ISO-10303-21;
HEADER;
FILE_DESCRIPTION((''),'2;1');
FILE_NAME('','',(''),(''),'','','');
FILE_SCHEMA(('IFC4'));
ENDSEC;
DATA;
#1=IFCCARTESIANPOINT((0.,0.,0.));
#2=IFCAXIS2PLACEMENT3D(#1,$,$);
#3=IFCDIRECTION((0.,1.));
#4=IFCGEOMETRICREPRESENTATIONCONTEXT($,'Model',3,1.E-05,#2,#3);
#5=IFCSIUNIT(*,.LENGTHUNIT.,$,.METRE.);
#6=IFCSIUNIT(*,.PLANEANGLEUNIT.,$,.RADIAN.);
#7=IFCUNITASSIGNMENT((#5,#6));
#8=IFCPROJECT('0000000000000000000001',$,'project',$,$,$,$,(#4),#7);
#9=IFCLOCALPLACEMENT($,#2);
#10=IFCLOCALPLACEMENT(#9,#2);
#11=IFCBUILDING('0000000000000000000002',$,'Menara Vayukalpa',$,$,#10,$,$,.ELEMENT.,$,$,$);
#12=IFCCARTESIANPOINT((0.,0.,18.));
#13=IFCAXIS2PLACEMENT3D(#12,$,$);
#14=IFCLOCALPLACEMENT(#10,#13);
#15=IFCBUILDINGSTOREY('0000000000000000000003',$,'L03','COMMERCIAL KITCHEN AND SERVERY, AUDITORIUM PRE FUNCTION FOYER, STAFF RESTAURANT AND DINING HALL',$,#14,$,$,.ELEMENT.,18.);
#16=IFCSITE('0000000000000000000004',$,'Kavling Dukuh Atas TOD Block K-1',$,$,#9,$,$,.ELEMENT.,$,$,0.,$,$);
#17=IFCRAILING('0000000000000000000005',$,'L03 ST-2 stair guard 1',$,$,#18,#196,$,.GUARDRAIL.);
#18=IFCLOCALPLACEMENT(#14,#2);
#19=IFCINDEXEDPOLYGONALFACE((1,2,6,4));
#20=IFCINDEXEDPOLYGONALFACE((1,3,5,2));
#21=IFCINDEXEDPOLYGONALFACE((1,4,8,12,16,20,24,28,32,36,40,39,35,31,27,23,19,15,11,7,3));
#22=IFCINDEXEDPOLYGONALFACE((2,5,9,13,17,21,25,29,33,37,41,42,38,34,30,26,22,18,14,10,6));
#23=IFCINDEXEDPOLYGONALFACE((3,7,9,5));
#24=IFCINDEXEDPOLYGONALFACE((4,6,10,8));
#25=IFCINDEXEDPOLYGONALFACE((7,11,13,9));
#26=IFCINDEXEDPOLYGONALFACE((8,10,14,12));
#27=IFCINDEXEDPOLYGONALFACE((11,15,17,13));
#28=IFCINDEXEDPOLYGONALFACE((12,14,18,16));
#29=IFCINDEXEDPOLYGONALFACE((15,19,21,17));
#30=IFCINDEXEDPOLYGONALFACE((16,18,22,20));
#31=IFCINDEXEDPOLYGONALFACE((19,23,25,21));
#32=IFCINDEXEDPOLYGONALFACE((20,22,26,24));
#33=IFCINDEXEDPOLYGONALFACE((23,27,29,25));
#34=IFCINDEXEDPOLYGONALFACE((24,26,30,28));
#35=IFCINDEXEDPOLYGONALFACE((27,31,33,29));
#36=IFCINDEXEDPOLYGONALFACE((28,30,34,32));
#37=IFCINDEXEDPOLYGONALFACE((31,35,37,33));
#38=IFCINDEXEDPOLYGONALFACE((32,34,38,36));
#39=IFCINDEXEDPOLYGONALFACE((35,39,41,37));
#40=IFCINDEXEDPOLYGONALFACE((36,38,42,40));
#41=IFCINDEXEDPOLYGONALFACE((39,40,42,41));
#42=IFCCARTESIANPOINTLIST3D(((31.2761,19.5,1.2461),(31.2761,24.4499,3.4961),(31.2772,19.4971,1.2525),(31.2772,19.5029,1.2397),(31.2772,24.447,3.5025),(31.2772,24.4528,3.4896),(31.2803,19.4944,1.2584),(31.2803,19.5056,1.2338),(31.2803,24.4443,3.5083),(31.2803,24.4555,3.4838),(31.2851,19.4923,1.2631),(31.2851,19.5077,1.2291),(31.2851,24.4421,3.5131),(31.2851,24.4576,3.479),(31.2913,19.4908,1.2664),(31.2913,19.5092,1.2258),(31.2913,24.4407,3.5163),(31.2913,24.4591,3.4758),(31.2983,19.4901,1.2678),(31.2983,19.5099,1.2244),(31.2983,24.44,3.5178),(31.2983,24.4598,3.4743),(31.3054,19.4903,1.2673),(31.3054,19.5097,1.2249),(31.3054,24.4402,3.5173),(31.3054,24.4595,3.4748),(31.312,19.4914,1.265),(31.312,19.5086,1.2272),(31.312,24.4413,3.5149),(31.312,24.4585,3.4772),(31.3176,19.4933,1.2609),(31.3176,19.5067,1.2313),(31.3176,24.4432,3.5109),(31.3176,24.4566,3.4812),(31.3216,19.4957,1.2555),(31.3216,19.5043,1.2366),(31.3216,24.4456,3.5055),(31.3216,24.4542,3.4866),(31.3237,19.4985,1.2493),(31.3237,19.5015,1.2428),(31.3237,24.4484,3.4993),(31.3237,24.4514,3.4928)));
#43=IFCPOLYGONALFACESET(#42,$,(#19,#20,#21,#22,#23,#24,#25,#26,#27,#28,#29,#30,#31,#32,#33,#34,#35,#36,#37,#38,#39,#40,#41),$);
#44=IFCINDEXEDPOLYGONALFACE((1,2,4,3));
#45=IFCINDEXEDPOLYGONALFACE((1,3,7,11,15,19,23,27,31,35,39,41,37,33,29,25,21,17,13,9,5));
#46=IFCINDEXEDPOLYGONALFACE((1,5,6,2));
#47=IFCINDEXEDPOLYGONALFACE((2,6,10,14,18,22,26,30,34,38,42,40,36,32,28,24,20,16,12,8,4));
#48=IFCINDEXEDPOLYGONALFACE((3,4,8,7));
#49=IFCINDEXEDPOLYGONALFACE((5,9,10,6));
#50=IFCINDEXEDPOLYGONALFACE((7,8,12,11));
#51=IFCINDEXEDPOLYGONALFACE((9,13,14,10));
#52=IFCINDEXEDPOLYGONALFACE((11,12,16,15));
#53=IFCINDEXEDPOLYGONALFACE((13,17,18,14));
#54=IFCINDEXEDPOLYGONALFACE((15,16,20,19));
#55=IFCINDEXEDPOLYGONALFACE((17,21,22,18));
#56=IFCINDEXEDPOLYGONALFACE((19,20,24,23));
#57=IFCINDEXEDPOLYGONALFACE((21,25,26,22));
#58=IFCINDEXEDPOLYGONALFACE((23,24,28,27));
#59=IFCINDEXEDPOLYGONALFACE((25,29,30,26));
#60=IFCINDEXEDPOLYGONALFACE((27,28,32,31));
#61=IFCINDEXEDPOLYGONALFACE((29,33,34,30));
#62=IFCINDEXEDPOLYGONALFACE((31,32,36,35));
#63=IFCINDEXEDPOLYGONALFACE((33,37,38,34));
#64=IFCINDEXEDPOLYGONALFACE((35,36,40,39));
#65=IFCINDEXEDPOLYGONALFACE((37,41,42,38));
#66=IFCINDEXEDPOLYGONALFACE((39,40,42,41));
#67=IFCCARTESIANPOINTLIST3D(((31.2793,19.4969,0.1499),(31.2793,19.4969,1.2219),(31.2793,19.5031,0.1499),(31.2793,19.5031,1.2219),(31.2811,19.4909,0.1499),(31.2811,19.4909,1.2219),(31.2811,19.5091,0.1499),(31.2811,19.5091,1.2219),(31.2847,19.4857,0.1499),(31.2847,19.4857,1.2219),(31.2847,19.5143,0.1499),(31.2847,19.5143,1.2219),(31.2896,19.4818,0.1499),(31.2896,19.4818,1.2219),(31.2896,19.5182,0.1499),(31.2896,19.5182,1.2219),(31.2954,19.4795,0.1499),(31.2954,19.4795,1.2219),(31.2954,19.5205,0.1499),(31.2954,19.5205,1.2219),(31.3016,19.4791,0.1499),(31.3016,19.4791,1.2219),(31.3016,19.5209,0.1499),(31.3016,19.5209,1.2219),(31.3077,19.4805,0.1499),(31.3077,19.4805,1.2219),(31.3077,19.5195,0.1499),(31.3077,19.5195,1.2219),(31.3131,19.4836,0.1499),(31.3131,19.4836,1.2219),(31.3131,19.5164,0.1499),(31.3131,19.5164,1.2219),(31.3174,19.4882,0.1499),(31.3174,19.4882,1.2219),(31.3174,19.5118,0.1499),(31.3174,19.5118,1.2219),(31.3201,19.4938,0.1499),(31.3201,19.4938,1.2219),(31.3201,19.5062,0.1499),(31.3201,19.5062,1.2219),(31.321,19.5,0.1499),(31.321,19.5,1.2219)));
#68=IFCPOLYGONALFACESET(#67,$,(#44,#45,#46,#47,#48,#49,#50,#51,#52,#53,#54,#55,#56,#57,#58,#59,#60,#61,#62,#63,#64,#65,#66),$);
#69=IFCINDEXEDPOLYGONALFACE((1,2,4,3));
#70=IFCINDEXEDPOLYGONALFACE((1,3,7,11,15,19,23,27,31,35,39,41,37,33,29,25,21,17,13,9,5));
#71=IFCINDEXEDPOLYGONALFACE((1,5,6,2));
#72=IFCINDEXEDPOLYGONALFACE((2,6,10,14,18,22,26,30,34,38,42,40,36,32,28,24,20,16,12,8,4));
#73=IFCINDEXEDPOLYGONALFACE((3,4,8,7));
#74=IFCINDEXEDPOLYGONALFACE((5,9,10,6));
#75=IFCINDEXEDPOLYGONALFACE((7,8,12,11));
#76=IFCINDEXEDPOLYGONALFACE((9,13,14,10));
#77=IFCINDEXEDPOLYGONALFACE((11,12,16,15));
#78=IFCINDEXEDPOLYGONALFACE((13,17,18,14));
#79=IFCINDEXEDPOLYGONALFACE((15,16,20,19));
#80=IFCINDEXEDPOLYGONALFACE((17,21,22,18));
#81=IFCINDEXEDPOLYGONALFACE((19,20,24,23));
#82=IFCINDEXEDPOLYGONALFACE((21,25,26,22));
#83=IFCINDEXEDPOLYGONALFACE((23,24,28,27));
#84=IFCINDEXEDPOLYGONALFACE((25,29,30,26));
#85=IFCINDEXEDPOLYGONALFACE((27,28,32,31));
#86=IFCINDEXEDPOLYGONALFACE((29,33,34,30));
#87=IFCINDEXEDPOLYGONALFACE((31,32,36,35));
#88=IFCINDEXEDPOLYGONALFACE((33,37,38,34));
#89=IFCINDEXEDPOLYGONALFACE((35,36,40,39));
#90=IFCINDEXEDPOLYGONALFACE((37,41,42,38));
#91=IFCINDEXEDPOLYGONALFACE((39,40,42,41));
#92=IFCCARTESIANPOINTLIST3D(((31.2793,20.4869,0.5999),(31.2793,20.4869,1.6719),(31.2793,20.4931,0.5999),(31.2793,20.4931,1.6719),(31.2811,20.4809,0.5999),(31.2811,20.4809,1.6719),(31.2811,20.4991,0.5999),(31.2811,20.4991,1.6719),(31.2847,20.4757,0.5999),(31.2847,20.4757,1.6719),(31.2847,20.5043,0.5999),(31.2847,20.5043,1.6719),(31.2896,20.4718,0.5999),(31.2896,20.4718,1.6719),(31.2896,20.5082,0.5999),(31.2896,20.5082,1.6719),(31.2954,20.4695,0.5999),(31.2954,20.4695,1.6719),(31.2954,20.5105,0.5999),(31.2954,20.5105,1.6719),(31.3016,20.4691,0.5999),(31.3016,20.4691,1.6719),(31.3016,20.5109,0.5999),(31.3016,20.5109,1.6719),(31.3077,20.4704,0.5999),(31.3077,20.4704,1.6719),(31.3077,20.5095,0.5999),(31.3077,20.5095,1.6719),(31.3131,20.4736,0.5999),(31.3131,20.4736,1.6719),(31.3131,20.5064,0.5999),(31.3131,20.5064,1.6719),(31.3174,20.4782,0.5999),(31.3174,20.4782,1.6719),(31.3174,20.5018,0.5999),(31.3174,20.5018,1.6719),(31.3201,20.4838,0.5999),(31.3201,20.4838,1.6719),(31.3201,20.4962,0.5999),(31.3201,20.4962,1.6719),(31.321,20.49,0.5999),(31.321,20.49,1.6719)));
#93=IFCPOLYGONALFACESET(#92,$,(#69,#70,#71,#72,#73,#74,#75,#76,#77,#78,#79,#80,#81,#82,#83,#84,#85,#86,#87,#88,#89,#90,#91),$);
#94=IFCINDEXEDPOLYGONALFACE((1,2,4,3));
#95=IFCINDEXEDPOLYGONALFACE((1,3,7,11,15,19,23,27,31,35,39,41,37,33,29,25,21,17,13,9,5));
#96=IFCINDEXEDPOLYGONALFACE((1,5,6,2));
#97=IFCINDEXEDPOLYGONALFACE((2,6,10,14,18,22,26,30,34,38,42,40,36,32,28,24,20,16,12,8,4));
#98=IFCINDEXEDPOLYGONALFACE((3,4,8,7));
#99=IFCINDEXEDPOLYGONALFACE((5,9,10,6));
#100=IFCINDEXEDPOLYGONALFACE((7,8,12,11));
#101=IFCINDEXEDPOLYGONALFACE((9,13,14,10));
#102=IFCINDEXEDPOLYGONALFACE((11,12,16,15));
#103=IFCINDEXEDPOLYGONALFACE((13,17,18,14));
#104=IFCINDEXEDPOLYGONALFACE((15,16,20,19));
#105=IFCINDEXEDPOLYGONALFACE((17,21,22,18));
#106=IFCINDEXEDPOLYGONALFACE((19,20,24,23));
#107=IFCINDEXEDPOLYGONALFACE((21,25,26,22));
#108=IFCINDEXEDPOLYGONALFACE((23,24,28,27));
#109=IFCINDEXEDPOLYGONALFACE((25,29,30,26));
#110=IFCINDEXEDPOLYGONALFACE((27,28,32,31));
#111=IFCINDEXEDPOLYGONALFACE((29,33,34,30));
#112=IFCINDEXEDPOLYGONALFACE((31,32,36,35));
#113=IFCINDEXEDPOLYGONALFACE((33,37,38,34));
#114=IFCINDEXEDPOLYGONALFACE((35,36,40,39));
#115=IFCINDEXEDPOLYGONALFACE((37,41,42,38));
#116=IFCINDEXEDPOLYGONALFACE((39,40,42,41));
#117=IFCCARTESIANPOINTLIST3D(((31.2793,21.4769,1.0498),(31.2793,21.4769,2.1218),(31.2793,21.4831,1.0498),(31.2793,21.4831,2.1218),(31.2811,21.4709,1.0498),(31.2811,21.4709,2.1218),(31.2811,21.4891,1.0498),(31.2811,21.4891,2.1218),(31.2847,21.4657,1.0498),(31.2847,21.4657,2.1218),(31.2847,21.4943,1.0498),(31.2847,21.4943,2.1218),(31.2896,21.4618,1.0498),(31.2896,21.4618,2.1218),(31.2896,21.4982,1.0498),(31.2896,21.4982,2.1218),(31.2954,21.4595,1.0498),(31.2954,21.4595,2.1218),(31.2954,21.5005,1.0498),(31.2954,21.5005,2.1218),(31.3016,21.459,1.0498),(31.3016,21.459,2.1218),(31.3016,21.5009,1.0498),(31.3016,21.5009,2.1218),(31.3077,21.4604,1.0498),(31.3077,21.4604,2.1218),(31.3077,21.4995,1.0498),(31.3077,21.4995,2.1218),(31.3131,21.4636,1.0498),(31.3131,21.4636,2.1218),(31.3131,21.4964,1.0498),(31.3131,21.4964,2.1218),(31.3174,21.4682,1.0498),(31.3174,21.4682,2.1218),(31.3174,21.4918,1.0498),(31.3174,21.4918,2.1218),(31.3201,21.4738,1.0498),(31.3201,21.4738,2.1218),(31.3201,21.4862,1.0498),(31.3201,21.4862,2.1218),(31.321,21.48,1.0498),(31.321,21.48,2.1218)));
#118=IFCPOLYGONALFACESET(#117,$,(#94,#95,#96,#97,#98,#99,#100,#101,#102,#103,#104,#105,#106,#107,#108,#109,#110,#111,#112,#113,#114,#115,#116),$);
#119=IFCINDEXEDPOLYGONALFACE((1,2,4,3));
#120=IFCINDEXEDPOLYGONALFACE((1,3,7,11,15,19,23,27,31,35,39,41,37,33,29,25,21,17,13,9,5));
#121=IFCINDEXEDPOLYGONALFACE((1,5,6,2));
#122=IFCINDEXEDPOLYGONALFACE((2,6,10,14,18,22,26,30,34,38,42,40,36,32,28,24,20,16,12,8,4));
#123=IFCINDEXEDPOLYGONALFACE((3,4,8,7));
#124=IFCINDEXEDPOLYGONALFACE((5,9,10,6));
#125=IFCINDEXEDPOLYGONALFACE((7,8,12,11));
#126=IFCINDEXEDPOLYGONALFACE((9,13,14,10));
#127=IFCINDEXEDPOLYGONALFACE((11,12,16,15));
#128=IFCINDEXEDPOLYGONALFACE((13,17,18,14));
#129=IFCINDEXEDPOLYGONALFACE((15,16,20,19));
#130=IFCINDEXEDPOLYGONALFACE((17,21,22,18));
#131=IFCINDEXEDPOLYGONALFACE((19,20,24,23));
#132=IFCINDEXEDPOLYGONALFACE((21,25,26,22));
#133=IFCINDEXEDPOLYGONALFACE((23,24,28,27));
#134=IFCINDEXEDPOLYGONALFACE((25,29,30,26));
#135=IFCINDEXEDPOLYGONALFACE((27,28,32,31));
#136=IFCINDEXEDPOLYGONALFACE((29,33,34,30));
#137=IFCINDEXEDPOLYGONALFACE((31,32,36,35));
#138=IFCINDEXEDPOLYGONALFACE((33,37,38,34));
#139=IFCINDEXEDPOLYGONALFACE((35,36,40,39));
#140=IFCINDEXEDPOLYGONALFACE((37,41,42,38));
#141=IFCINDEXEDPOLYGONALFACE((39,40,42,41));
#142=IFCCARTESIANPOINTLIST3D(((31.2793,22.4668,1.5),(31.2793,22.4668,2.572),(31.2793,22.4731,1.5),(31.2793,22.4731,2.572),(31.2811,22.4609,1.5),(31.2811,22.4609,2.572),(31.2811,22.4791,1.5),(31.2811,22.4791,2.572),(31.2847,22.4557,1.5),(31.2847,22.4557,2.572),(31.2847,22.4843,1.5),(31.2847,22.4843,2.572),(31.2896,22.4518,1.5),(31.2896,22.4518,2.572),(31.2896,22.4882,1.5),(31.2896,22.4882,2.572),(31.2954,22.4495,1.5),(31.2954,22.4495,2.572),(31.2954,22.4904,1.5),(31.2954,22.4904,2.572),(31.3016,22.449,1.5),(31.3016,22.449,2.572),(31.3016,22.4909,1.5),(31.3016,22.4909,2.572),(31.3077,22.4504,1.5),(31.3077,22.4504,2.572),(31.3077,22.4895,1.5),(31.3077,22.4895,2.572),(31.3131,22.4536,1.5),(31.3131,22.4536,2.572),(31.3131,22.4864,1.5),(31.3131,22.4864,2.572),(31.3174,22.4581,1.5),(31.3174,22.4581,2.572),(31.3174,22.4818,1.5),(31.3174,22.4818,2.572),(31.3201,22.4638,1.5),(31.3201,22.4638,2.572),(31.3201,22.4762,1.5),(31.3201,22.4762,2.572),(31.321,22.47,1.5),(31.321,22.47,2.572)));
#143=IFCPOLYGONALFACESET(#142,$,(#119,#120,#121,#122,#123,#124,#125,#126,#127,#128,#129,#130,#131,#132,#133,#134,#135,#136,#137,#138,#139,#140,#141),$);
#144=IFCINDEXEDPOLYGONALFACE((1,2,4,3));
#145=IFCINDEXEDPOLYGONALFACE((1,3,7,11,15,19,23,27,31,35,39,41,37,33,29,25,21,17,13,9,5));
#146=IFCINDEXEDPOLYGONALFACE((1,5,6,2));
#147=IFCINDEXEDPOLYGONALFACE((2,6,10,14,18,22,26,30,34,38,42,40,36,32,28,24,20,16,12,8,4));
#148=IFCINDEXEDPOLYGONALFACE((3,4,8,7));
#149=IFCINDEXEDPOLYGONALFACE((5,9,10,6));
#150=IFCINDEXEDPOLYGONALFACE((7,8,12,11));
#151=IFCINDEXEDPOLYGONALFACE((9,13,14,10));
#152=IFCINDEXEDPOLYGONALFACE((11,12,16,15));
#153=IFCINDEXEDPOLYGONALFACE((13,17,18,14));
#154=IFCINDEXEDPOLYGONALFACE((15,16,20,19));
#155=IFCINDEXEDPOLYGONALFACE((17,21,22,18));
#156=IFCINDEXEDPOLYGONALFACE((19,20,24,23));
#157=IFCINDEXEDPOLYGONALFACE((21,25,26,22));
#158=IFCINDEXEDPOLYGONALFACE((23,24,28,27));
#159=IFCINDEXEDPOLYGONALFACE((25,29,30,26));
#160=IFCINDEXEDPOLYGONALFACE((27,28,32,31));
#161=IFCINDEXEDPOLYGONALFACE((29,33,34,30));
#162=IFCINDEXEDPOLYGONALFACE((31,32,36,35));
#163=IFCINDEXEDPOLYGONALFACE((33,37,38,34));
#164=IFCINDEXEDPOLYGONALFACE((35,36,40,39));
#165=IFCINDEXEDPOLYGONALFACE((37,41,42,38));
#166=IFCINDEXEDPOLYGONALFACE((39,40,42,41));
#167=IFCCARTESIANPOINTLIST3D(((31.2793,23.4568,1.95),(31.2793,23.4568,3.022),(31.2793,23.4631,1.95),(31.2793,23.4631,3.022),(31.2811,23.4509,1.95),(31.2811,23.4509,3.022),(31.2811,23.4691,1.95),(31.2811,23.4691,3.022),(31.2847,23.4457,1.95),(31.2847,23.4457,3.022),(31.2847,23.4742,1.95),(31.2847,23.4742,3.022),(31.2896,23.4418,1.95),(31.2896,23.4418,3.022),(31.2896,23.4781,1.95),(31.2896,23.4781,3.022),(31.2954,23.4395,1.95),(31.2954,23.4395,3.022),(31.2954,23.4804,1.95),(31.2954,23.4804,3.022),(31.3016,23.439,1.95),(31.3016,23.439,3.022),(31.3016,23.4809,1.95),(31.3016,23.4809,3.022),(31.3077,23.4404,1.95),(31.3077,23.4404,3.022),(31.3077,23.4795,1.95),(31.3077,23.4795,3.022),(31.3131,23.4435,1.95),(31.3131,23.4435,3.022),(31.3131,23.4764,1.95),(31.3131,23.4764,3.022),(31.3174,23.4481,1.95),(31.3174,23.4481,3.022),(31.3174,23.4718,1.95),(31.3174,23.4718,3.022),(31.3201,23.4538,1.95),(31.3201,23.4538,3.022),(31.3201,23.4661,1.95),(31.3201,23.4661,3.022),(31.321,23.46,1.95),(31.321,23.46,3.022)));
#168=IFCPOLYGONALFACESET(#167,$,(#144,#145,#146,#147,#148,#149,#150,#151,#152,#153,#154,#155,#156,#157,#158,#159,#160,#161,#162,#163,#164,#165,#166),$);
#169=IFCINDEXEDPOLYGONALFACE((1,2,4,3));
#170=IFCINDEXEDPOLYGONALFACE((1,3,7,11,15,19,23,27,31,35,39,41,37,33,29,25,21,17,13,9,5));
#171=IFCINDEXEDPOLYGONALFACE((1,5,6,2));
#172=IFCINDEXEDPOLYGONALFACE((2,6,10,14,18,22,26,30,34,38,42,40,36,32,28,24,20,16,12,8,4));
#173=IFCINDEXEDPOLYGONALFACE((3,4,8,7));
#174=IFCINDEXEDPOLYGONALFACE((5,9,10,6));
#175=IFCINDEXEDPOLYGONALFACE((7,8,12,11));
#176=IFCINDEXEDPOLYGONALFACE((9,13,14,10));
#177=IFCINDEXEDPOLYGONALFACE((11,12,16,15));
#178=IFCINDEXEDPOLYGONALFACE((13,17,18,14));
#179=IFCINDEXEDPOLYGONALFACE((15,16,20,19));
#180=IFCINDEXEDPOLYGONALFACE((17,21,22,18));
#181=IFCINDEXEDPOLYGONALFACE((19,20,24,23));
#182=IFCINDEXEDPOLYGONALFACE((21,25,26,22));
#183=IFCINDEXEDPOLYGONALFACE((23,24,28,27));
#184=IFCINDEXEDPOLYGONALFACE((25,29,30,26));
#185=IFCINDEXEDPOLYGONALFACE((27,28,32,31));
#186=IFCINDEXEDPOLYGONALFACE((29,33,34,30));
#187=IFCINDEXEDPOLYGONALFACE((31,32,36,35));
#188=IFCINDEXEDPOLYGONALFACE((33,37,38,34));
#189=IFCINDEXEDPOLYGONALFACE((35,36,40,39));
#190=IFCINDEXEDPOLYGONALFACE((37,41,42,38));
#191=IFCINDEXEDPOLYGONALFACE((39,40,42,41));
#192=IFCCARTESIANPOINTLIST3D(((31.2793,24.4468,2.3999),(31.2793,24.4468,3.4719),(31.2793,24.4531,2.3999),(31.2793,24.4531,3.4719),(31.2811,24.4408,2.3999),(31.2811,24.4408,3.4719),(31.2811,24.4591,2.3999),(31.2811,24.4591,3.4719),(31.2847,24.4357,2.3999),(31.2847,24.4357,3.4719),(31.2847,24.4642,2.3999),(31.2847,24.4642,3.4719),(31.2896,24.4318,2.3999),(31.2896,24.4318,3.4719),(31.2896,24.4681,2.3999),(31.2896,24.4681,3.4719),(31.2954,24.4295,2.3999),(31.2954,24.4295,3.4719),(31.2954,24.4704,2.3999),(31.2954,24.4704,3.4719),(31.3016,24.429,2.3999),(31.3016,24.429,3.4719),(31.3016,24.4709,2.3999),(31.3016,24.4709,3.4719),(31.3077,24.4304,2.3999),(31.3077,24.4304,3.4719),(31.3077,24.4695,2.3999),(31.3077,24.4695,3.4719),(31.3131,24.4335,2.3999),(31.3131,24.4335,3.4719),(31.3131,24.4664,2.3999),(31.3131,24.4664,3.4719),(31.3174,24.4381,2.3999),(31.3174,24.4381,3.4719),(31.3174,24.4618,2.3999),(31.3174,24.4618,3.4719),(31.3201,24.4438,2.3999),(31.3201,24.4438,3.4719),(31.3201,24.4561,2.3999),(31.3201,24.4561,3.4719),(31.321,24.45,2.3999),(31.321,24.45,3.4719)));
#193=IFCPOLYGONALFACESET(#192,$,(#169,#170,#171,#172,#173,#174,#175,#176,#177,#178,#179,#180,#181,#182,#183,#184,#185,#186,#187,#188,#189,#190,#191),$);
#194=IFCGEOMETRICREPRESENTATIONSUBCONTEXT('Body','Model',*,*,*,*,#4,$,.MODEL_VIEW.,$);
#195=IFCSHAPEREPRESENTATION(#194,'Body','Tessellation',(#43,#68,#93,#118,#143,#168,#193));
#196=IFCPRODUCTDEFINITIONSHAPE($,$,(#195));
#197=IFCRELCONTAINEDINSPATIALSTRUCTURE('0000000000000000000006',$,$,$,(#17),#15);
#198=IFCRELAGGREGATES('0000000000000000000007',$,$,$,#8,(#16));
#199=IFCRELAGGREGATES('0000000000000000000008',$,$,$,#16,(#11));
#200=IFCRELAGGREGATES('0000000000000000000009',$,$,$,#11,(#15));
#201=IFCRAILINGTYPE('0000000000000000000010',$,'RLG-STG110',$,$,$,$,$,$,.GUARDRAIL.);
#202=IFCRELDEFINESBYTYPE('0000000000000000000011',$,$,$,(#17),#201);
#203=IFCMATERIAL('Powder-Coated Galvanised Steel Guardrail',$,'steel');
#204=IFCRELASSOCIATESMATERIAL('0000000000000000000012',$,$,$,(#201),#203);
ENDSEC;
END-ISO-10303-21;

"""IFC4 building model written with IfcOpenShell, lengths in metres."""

from ifc_helpers import new_model, si_unit, direction, frame, origin, origin_2d, place, context, subcontext, project, spatial, circle, extrude, material, type_object, element, save


model = new_model("IFC4")

# Units and contexts
model_context = context("Model", 3, precision=1e-05, world=origin(), true_north=direction((0.0, 1.0)))
body_context = subcontext(model_context, "Body", "Model", "MODEL_VIEW")
ifc_project = project(units=[si_unit("LENGTHUNIT", "METRE"), si_unit("PLANEANGLEUNIT", "RADIAN")], contexts=[model_context])

# Site, building, storey
site_placement = place(None, origin())
site = spatial("IfcSite", under=ifc_project, at=site_placement, Name="Kavling Dukuh Atas TOD Block K-1", CompositionType="ELEMENT", RefElevation=0.0)
building_placement = place(site_placement, origin())
building = spatial("IfcBuilding", under=site, at=building_placement, Name="Menara Vayukalpa", CompositionType="ELEMENT")
storey_placement = place(building_placement, frame((0.0, 0.0, 18.0)))
storey = spatial("IfcBuildingStorey", under=building, at=storey_placement, Name="L03", Description="COMMERCIAL KITCHEN AND SERVERY, AUDITORIUM PRE FUNCTION FOYER, STAFF RESTAURANT AND DINING HALL", CompositionType="ELEMENT", Elevation=18.0)

# Railing
ifc_material_1 = material(Name="Powder-Coated Galvanised Steel Guardrail", Category="steel")
railing_type = type_object("IfcRailingType", Name="RLG-STG110", PredefinedType="GUARDRAIL", material=ifc_material_1)
railing_placement = place(storey_placement, frame((31.3, 19.5, 0.1499)))
element("IfcRailing", 1, at=railing_placement, inside=storey, type_object=railing_type, Name="L03 ST-2 stair guard 1", PredefinedType="GUARDRAIL", context=body_context, shape_type="SweptSolid", body=[
    extrude(circle(Radius=0.0239, at=origin_2d()), frame((0.0, 0.0, 1.0962), z_axis=(0.0, 0.910365, 0.413806), x_axis=(-1.0, 0.0, 0.0)), (0.0, 0.0, 1.0), 5.4373),
    extrude(circle(Radius=0.021, at=origin_2d()), origin(), (0.0, 0.0, 1.0), 1.072),
    extrude(circle(Radius=0.021, at=origin_2d()), frame((0.0, 0.99, 0.45)), (0.0, 0.0, 1.0), 1.072),
    extrude(circle(Radius=0.021, at=origin_2d()), frame((0.0, 1.98, 0.8999)), (0.0, 0.0, 1.0), 1.072),
    extrude(circle(Radius=0.021, at=origin_2d()), frame((0.0, 2.97, 1.3501)), (0.0, 0.0, 1.0), 1.072),
    extrude(circle(Radius=0.021, at=origin_2d()), frame((0.0, 3.96, 1.8)), (0.0, 0.0, 1.0), 1.072),
    extrude(circle(Radius=0.021, at=origin_2d()), frame((0.0, 4.95, 2.25)), (0.0, 0.0, 1.0), 1.072),
])

save(model, "model.ifc")
